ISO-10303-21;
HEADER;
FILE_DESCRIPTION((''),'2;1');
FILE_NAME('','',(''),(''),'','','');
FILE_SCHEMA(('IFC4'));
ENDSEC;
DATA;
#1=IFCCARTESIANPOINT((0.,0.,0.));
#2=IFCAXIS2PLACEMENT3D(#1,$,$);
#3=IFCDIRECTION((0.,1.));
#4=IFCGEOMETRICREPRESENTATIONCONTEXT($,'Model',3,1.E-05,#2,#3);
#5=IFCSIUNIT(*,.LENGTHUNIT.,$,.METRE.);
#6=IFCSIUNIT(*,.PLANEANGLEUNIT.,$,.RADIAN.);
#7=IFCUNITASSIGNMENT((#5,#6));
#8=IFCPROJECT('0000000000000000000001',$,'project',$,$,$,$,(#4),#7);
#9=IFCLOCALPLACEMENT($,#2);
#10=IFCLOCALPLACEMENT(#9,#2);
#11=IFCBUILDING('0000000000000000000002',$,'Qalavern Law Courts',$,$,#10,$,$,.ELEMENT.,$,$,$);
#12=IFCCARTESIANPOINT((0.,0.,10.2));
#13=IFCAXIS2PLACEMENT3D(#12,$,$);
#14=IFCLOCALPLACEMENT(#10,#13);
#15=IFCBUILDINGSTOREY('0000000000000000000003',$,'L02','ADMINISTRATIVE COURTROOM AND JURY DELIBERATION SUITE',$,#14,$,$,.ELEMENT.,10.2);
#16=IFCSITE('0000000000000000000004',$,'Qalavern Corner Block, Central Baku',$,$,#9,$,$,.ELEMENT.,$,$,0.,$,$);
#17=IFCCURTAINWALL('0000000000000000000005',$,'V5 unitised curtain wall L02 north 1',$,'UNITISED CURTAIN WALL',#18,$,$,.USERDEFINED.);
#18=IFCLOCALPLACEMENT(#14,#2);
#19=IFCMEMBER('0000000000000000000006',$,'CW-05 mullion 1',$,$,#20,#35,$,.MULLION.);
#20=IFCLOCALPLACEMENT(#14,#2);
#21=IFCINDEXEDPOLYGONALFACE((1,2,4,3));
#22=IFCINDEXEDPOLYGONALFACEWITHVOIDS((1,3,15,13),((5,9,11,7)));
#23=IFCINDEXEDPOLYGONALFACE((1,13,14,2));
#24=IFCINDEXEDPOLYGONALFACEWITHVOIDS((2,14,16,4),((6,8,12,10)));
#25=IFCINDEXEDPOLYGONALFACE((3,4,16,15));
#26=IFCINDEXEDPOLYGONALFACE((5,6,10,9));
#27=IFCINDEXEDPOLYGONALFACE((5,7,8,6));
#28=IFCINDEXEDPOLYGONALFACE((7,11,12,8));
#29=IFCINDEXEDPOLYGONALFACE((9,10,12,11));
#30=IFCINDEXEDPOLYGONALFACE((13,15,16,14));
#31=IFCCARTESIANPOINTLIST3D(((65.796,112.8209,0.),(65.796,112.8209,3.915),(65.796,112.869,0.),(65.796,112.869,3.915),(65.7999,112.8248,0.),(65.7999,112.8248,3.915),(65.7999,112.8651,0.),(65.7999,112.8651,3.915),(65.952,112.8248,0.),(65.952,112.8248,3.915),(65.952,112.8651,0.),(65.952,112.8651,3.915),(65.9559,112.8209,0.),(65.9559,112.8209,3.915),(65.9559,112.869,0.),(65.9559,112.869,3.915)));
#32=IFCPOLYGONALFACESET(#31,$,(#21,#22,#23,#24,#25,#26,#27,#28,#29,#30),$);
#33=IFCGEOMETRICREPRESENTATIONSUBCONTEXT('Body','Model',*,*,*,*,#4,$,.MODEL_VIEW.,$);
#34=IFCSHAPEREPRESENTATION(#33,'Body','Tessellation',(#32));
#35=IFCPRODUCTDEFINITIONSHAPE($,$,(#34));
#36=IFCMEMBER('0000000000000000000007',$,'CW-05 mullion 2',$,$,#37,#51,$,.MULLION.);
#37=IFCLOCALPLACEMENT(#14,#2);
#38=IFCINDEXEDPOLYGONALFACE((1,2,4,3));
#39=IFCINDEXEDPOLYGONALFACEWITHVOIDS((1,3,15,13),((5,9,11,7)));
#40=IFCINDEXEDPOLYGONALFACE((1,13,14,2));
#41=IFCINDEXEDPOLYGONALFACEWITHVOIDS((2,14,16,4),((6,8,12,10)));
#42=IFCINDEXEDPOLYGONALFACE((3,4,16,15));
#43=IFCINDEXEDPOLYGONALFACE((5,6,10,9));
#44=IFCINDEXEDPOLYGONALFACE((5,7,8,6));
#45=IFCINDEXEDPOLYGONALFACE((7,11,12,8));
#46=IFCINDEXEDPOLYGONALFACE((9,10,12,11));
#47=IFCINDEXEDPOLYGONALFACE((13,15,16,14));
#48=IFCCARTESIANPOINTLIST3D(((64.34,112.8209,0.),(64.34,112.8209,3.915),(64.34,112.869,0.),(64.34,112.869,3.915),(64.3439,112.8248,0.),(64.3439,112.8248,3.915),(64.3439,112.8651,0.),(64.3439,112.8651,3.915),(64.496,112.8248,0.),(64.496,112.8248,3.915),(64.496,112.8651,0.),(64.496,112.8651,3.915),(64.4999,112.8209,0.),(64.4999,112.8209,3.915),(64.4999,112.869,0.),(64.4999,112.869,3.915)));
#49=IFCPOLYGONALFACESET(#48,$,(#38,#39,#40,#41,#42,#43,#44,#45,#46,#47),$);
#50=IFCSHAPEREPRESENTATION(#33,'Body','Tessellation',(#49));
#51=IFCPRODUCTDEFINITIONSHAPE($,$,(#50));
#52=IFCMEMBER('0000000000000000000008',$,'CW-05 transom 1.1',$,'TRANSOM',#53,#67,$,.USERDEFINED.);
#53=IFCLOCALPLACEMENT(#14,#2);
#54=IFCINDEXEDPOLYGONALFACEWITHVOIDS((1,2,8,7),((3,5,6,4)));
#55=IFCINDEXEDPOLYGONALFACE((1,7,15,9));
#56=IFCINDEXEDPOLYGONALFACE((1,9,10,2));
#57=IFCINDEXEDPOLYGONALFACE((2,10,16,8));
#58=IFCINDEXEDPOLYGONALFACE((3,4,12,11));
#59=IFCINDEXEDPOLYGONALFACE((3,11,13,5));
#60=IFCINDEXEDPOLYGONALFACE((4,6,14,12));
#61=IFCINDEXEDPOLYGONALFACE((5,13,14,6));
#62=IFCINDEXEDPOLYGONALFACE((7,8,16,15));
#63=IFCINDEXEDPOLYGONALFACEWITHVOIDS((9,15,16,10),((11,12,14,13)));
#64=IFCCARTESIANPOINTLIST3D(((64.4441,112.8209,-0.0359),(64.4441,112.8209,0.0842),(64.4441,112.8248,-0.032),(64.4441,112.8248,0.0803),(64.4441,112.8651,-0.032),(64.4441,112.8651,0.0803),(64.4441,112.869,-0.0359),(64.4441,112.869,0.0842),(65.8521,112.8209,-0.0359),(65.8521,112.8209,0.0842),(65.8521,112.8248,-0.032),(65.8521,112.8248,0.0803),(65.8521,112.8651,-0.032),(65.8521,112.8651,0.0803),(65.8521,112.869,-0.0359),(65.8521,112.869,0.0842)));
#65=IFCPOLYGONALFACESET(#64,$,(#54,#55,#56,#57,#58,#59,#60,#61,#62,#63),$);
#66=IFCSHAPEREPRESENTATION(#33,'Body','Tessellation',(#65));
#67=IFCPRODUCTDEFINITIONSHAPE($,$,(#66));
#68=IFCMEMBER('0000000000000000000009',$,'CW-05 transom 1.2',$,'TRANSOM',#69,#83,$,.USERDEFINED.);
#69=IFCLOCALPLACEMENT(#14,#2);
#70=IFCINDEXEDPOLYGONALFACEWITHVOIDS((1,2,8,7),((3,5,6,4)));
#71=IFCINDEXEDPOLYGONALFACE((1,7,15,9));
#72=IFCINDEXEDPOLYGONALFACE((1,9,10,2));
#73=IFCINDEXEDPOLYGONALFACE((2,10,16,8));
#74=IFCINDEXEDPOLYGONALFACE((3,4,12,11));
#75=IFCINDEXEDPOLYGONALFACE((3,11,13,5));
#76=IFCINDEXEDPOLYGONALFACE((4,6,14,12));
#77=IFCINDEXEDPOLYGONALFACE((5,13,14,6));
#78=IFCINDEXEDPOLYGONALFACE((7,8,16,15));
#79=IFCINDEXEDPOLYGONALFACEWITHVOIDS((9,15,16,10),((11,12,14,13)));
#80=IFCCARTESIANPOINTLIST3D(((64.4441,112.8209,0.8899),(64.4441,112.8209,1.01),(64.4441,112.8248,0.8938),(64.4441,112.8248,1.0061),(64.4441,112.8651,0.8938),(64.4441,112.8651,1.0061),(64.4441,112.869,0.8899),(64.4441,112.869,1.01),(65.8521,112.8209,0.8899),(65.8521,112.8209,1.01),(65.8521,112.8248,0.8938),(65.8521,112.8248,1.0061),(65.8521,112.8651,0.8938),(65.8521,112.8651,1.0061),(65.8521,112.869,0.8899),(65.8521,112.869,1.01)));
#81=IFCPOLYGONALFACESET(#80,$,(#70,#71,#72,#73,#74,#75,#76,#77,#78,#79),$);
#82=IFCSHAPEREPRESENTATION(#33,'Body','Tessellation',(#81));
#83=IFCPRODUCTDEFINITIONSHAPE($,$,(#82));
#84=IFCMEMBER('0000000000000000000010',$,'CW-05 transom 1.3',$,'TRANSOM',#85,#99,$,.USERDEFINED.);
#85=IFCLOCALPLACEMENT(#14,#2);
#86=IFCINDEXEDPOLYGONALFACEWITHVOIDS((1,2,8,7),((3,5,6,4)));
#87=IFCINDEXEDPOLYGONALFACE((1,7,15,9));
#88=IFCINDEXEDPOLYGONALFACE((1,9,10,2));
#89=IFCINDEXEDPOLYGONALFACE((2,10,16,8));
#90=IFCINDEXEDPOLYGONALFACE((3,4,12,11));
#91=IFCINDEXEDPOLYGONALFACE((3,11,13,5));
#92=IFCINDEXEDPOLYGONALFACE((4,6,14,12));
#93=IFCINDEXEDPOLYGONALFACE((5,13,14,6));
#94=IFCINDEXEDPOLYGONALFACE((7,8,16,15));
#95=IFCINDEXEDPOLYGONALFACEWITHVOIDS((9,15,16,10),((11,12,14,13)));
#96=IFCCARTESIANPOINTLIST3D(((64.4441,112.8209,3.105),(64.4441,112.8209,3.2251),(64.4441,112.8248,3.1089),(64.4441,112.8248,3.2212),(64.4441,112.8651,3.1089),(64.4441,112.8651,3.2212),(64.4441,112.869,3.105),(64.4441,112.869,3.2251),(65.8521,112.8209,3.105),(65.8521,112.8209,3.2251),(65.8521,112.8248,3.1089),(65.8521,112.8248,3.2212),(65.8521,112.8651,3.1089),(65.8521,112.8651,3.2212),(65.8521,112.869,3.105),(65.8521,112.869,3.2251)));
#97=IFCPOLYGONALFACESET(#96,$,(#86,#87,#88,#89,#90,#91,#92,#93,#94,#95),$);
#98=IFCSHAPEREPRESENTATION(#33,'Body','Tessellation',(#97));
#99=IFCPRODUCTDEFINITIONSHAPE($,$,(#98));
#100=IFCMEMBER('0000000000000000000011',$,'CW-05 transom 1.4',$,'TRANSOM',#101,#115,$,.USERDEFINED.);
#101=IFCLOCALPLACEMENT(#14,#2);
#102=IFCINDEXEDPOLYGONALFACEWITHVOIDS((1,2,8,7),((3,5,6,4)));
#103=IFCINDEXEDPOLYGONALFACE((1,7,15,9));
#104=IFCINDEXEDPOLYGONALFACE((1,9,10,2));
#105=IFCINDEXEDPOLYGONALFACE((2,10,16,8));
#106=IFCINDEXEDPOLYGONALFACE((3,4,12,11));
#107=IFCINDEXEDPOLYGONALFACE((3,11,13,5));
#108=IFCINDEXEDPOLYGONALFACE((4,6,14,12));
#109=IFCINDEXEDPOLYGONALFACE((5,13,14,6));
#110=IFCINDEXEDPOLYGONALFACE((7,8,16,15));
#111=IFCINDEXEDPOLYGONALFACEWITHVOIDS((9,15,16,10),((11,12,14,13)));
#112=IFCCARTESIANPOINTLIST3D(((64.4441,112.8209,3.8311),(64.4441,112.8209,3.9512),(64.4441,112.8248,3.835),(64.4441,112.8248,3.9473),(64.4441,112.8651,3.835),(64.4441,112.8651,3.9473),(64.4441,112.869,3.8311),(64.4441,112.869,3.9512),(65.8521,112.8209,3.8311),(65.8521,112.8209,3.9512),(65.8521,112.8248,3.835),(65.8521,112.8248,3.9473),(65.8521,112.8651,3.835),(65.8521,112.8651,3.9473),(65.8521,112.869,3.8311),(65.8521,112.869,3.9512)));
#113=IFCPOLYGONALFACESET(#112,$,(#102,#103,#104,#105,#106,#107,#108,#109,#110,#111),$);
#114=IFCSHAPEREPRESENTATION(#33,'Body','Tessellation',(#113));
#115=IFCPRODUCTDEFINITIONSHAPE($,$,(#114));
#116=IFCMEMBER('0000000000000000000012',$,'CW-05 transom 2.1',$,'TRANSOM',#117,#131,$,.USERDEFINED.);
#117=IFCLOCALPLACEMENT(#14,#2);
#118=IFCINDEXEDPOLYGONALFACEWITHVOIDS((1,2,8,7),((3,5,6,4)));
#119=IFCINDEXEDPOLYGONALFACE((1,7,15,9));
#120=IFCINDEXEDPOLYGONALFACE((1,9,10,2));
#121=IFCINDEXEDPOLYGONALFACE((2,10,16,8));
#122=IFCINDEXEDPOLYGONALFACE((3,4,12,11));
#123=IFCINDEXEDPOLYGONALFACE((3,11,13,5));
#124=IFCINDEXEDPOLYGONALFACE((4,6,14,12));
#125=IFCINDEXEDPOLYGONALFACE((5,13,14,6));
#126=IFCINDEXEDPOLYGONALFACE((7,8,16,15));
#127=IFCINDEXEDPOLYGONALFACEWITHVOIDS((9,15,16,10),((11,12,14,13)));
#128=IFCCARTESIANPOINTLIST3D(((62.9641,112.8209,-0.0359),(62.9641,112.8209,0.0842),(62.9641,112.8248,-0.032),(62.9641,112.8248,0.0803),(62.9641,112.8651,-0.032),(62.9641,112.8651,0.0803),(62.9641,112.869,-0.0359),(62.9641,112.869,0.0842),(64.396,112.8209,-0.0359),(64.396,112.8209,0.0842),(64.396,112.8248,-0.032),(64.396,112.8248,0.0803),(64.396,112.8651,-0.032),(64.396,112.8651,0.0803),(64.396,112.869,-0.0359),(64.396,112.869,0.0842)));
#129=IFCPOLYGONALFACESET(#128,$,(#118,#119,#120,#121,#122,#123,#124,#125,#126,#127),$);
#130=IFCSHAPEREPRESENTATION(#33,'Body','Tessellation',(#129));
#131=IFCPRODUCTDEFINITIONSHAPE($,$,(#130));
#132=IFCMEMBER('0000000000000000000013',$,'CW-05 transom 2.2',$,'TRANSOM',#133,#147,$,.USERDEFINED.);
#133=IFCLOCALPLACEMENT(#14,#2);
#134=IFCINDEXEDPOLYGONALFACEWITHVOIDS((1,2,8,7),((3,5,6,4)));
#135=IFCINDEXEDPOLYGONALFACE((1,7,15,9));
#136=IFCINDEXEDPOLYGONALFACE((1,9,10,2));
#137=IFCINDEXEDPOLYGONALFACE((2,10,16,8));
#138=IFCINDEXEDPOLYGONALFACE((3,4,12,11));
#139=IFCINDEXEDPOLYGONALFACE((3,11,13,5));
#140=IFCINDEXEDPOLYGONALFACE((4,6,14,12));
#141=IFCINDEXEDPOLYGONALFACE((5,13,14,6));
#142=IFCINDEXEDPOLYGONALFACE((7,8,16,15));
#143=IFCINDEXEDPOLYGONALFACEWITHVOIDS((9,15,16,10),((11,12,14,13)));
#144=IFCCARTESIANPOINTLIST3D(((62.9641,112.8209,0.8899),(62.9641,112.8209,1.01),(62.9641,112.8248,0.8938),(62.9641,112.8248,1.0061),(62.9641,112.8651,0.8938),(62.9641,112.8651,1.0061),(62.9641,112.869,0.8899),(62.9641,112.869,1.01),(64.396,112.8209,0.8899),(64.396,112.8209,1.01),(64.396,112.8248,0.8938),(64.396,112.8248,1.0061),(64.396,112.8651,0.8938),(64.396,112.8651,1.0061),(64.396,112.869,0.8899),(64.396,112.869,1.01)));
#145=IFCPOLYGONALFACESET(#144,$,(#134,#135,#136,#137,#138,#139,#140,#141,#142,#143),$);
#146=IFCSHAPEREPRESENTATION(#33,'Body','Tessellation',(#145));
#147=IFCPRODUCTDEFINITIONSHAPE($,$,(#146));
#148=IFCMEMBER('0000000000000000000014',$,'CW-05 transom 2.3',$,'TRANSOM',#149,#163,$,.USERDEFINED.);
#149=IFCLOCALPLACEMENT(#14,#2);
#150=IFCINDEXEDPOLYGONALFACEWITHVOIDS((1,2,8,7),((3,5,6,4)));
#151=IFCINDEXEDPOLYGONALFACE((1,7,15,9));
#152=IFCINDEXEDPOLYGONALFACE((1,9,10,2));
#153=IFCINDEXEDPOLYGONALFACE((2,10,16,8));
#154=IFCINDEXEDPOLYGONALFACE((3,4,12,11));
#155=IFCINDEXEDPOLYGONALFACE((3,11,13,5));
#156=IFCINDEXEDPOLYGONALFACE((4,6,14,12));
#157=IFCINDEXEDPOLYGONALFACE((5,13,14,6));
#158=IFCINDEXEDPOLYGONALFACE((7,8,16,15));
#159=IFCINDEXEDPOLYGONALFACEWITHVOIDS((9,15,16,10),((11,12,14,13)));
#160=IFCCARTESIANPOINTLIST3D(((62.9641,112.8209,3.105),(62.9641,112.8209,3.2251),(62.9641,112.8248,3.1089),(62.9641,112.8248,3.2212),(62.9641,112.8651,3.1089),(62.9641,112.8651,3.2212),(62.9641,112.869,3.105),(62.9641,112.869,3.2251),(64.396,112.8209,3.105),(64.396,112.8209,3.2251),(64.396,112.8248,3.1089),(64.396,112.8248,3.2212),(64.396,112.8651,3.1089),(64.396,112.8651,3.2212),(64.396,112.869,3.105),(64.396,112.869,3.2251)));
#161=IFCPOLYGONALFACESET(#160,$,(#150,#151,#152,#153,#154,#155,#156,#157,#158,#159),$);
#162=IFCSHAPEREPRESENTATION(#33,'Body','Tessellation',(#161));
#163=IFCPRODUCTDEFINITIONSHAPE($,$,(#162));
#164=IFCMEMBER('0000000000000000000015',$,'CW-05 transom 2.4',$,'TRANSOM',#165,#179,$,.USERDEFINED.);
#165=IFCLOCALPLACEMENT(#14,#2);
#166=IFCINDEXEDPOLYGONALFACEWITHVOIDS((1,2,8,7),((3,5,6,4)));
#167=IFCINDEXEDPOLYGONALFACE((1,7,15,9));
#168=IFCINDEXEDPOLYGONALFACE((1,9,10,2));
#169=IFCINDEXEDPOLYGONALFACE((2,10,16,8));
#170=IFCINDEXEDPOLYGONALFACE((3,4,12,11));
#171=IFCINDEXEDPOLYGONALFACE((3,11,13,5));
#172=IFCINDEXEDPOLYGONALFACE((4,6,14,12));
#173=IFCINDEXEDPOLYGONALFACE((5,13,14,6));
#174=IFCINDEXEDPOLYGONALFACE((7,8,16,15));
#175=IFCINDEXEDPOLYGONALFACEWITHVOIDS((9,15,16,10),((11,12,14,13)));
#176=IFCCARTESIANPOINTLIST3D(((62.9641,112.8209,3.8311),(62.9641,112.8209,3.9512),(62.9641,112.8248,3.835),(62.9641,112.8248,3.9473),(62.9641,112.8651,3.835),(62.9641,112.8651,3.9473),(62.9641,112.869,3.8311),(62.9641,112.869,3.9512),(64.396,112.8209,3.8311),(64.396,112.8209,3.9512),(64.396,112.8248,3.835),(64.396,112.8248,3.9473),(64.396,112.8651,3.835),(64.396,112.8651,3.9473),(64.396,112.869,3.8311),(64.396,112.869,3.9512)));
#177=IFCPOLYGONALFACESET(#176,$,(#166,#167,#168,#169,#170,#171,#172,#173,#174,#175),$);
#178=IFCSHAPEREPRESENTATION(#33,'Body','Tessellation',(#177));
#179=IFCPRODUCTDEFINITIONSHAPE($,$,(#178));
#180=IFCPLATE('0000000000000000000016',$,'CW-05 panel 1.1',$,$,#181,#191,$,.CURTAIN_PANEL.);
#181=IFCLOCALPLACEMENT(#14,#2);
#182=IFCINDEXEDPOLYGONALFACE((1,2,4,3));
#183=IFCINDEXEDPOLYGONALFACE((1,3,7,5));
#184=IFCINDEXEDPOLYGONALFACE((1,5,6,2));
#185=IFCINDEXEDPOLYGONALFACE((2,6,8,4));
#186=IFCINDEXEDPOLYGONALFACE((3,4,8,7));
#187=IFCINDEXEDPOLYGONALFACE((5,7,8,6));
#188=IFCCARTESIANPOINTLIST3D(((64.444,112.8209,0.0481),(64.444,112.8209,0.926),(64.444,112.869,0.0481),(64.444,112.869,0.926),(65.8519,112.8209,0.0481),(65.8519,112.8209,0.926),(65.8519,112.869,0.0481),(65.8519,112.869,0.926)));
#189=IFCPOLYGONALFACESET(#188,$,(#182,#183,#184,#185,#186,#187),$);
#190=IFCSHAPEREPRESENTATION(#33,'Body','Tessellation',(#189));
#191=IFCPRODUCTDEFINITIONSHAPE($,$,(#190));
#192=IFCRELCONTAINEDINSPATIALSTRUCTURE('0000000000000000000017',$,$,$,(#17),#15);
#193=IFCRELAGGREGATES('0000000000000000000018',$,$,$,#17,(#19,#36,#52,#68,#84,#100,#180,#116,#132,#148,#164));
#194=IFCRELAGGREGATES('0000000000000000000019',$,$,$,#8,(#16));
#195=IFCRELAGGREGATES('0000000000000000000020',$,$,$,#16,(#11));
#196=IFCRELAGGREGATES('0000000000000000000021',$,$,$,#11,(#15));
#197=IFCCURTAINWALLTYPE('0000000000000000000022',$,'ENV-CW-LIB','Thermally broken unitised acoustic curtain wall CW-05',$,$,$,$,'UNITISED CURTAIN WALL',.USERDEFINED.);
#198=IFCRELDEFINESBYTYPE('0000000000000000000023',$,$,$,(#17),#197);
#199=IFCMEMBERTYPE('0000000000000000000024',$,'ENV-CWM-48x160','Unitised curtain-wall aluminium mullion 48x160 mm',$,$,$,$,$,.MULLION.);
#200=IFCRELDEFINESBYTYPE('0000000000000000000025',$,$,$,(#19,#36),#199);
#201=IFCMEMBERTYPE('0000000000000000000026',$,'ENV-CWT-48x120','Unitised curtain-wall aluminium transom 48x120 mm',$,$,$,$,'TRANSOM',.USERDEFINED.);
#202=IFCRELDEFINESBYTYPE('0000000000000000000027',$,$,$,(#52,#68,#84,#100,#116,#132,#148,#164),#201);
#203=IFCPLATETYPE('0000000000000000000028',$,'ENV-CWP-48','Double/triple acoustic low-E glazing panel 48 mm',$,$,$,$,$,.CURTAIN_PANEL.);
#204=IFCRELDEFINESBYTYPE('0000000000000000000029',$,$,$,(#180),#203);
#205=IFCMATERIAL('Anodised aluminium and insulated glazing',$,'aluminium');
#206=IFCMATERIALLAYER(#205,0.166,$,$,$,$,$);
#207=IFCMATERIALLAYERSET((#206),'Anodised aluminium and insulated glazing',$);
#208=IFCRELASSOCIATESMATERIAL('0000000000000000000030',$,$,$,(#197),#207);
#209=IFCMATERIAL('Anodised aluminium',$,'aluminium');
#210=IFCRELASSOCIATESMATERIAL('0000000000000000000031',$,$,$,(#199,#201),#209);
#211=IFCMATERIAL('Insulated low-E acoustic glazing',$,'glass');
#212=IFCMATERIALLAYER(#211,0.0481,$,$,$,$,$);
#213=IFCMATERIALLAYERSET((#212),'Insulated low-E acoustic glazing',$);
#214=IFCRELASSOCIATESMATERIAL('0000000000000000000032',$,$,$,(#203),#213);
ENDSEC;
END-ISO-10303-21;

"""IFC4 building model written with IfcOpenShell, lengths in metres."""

from ifc_helpers import new_model, si_unit, direction, frame, origin, origin_2d, place, context, subcontext, project, spatial, rectangle, hollow_rectangle, extrude, material, layer, layer_set, material_profile, profile_set, type_object, element, aggregate, save


model = new_model("IFC4")

# Units and contexts
model_context = context("Model", 3, precision=1e-05, world=origin(), true_north=direction((0.0, 1.0)))
body_context = subcontext(model_context, "Body", "Model", "MODEL_VIEW")
ifc_project = project(units=[si_unit("LENGTHUNIT", "METRE"), si_unit("PLANEANGLEUNIT", "RADIAN")], contexts=[model_context])

# Site, building, storey
site_placement = place(None, origin())
site = spatial("IfcSite", under=ifc_project, at=site_placement, Name="Qalavern Corner Block, Central Baku", CompositionType="ELEMENT", RefElevation=0.0)
building_placement = place(site_placement, origin())
building = spatial("IfcBuilding", under=site, at=building_placement, Name="Qalavern Law Courts", CompositionType="ELEMENT")
storey_placement = place(building_placement, frame((0.0, 0.0, 10.2)))
storey = spatial("IfcBuildingStorey", under=building, at=storey_placement, Name="L02", Description="ADMINISTRATIVE COURTROOM AND JURY DELIBERATION SUITE", CompositionType="ELEMENT", Elevation=10.2)

# Curtain wall, members, plate
ifc_material_1 = material(Name="Anodised aluminium and insulated glazing", Category="aluminium")
ifc_layer_1 = layer(ifc_material_1, 0.166)
ifc_layer_set_1 = layer_set([ifc_layer_1], Name="Anodised aluminium and insulated glazing")
curtain_wall_type = type_object("IfcCurtainWallType", Name="ENV-CW-LIB", Description="Thermally broken unitised acoustic curtain wall CW-05", ElementType="UNITISED CURTAIN WALL", PredefinedType="USERDEFINED", material=ifc_layer_set_1)
curtain_wall_placement = place(storey_placement, origin())
curtain_wall = element("IfcCurtainWall", 1, at=curtain_wall_placement, inside=storey, type_object=curtain_wall_type, Name="V5 unitised curtain wall L02 north 1", ObjectType="UNITISED CURTAIN WALL", PredefinedType="USERDEFINED")
ifc_material_2 = material(Name="Anodised aluminium", Category="aluminium")
ifc_material_profile_1 = material_profile(ifc_material_2, hollow_rectangle(XDim=0.0481, YDim=0.1599, WallThickness=0.0039, at=origin_2d()), Name="ALU MULLION 48x160")
ifc_profile_set_1 = profile_set([ifc_material_profile_1], Name="Anodised aluminium")
member_type_1 = type_object("IfcMemberType", Name="ENV-CWM-48x160", Description="Unitised curtain-wall aluminium mullion 48x160 mm", PredefinedType="MULLION", material=ifc_profile_set_1)
member_1_placement = place(storey_placement, frame((65.876, 112.845, 0.0), z_axis=(0.0, 0.0, 1.0), x_axis=(0.0, -1.0, 0.0)))
member_1 = element("IfcMember", 2, at=member_1_placement, type_object=member_type_1, Name="CW-05 mullion 1", PredefinedType="MULLION", context=body_context, shape_type="SweptSolid", body=[
    extrude(hollow_rectangle(XDim=0.0481, YDim=0.1599, WallThickness=0.0039, at=origin_2d()), origin(), (0.0, 0.0, 1.0), 3.915),
])
member_2_placement = place(storey_placement, frame((64.4199, 112.845, 0.0), z_axis=(0.0, 0.0, 1.0), x_axis=(0.0, -1.0, 0.0)))
member_2 = element("IfcMember", 3, at=member_2_placement, type_object=member_type_1, Name="CW-05 mullion 2", PredefinedType="MULLION", context=body_context, shape_type="SweptSolid", body=[
    extrude(hollow_rectangle(XDim=0.0481, YDim=0.1599, WallThickness=0.0039, at=origin_2d()), origin(), (0.0, 0.0, 1.0), 3.915),
])
ifc_material_profile_2 = material_profile(ifc_material_2, hollow_rectangle(XDim=0.0481, YDim=0.1201, WallThickness=0.0039, at=origin_2d()), Name="ALU TRANSOM 48x120")
ifc_profile_set_2 = profile_set([ifc_material_profile_2], Name="Anodised aluminium")
member_type_2 = type_object("IfcMemberType", Name="ENV-CWT-48x120", Description="Unitised curtain-wall aluminium transom 48x120 mm", ElementType="TRANSOM", PredefinedType="USERDEFINED", material=ifc_profile_set_2)
member_3_placement = place(storey_placement, frame((65.8521, 112.845, 0.0242), z_axis=(-1.0, 0.0, 0.0), x_axis=(0.0, -1.0, 0.0)))
member_3 = element("IfcMember", 4, at=member_3_placement, type_object=member_type_2, Name="CW-05 transom 1.1", ObjectType="TRANSOM", PredefinedType="USERDEFINED", context=body_context, shape_type="SweptSolid", body=[
    extrude(hollow_rectangle(XDim=0.0481, YDim=0.1201, WallThickness=0.0039, at=origin_2d()), origin(), (0.0, 0.0, 1.0), 1.408),
])
member_4_placement = place(storey_placement, frame((65.8521, 112.845, 0.95), z_axis=(-1.0, 0.0, 0.0), x_axis=(0.0, -1.0, 0.0)))
member_4 = element("IfcMember", 5, at=member_4_placement, type_object=member_type_2, Name="CW-05 transom 1.2", ObjectType="TRANSOM", PredefinedType="USERDEFINED", context=body_context, shape_type="SweptSolid", body=[
    extrude(hollow_rectangle(XDim=0.0481, YDim=0.1201, WallThickness=0.0039, at=origin_2d()), origin(), (0.0, 0.0, 1.0), 1.408),
])
member_5_placement = place(storey_placement, frame((65.8521, 112.845, 3.165), z_axis=(-1.0, 0.0, 0.0), x_axis=(0.0, -1.0, 0.0)))
member_5 = element("IfcMember", 6, at=member_5_placement, type_object=member_type_2, Name="CW-05 transom 1.3", ObjectType="TRANSOM", PredefinedType="USERDEFINED", context=body_context, shape_type="SweptSolid", body=[
    extrude(hollow_rectangle(XDim=0.0481, YDim=0.1201, WallThickness=0.0039, at=origin_2d()), origin(), (0.0, 0.0, 1.0), 1.408),
])
member_6_placement = place(storey_placement, frame((65.8521, 112.845, 3.8911), z_axis=(-1.0, 0.0, 0.0), x_axis=(0.0, -1.0, 0.0)))
member_6 = element("IfcMember", 7, at=member_6_placement, type_object=member_type_2, Name="CW-05 transom 1.4", ObjectType="TRANSOM", PredefinedType="USERDEFINED", context=body_context, shape_type="SweptSolid", body=[
    extrude(hollow_rectangle(XDim=0.0481, YDim=0.1201, WallThickness=0.0039, at=origin_2d()), origin(), (0.0, 0.0, 1.0), 1.408),
])
member_7_placement = place(storey_placement, frame((64.396, 112.845, 0.0242), z_axis=(-1.0, 0.0, 0.0), x_axis=(0.0, -1.0, 0.0)))
member_7 = element("IfcMember", 8, at=member_7_placement, type_object=member_type_2, Name="CW-05 transom 2.1", ObjectType="TRANSOM", PredefinedType="USERDEFINED", context=body_context, shape_type="SweptSolid", body=[
    extrude(hollow_rectangle(XDim=0.0481, YDim=0.1201, WallThickness=0.0039, at=origin_2d()), origin(), (0.0, 0.0, 1.0), 1.4319),
])
member_8_placement = place(storey_placement, frame((64.396, 112.845, 0.95), z_axis=(-1.0, 0.0, 0.0), x_axis=(0.0, -1.0, 0.0)))
member_8 = element("IfcMember", 9, at=member_8_placement, type_object=member_type_2, Name="CW-05 transom 2.2", ObjectType="TRANSOM", PredefinedType="USERDEFINED", context=body_context, shape_type="SweptSolid", body=[
    extrude(hollow_rectangle(XDim=0.0481, YDim=0.1201, WallThickness=0.0039, at=origin_2d()), origin(), (0.0, 0.0, 1.0), 1.4319),
])
member_9_placement = place(storey_placement, frame((64.396, 112.845, 3.165), z_axis=(-1.0, 0.0, 0.0), x_axis=(0.0, -1.0, 0.0)))
member_9 = element("IfcMember", 10, at=member_9_placement, type_object=member_type_2, Name="CW-05 transom 2.3", ObjectType="TRANSOM", PredefinedType="USERDEFINED", context=body_context, shape_type="SweptSolid", body=[
    extrude(hollow_rectangle(XDim=0.0481, YDim=0.1201, WallThickness=0.0039, at=origin_2d()), origin(), (0.0, 0.0, 1.0), 1.4319),
])
member_10_placement = place(storey_placement, frame((64.396, 112.845, 3.8911), z_axis=(-1.0, 0.0, 0.0), x_axis=(0.0, -1.0, 0.0)))
member_10 = element("IfcMember", 11, at=member_10_placement, type_object=member_type_2, Name="CW-05 transom 2.4", ObjectType="TRANSOM", PredefinedType="USERDEFINED", context=body_context, shape_type="SweptSolid", body=[
    extrude(hollow_rectangle(XDim=0.0481, YDim=0.1201, WallThickness=0.0039, at=origin_2d()), origin(), (0.0, 0.0, 1.0), 1.4319),
])
ifc_material_3 = material(Name="Insulated low-E acoustic glazing", Category="glass")
ifc_layer_2 = layer(ifc_material_3, 0.0481)
ifc_layer_set_2 = layer_set([ifc_layer_2], Name="Insulated low-E acoustic glazing")
plate_type = type_object("IfcPlateType", Name="ENV-CWP-48", Description="Double/triple acoustic low-E glazing panel 48 mm", PredefinedType="CURTAIN_PANEL", material=ifc_layer_set_2)
plate_1_placement = place(storey_placement, frame((65.1479, 112.845, 0.0481), z_axis=(0.0, 0.0, 1.0), x_axis=(-1.0, 0.0, 0.0)))
plate_1 = element("IfcPlate", 12, at=plate_1_placement, type_object=plate_type, Name="CW-05 panel 1.1", PredefinedType="CURTAIN_PANEL", context=body_context, shape_type="SweptSolid", body=[
    extrude(rectangle(XDim=1.408, YDim=0.0481, at=origin_2d()), origin(), (0.0, 0.0, 1.0), 0.8779),
])
aggregate(curtain_wall, [member_1, member_2, member_3, member_4, member_5, member_6, plate_1, member_7, member_8, member_9, member_10])

save(model, "model.ifc")
